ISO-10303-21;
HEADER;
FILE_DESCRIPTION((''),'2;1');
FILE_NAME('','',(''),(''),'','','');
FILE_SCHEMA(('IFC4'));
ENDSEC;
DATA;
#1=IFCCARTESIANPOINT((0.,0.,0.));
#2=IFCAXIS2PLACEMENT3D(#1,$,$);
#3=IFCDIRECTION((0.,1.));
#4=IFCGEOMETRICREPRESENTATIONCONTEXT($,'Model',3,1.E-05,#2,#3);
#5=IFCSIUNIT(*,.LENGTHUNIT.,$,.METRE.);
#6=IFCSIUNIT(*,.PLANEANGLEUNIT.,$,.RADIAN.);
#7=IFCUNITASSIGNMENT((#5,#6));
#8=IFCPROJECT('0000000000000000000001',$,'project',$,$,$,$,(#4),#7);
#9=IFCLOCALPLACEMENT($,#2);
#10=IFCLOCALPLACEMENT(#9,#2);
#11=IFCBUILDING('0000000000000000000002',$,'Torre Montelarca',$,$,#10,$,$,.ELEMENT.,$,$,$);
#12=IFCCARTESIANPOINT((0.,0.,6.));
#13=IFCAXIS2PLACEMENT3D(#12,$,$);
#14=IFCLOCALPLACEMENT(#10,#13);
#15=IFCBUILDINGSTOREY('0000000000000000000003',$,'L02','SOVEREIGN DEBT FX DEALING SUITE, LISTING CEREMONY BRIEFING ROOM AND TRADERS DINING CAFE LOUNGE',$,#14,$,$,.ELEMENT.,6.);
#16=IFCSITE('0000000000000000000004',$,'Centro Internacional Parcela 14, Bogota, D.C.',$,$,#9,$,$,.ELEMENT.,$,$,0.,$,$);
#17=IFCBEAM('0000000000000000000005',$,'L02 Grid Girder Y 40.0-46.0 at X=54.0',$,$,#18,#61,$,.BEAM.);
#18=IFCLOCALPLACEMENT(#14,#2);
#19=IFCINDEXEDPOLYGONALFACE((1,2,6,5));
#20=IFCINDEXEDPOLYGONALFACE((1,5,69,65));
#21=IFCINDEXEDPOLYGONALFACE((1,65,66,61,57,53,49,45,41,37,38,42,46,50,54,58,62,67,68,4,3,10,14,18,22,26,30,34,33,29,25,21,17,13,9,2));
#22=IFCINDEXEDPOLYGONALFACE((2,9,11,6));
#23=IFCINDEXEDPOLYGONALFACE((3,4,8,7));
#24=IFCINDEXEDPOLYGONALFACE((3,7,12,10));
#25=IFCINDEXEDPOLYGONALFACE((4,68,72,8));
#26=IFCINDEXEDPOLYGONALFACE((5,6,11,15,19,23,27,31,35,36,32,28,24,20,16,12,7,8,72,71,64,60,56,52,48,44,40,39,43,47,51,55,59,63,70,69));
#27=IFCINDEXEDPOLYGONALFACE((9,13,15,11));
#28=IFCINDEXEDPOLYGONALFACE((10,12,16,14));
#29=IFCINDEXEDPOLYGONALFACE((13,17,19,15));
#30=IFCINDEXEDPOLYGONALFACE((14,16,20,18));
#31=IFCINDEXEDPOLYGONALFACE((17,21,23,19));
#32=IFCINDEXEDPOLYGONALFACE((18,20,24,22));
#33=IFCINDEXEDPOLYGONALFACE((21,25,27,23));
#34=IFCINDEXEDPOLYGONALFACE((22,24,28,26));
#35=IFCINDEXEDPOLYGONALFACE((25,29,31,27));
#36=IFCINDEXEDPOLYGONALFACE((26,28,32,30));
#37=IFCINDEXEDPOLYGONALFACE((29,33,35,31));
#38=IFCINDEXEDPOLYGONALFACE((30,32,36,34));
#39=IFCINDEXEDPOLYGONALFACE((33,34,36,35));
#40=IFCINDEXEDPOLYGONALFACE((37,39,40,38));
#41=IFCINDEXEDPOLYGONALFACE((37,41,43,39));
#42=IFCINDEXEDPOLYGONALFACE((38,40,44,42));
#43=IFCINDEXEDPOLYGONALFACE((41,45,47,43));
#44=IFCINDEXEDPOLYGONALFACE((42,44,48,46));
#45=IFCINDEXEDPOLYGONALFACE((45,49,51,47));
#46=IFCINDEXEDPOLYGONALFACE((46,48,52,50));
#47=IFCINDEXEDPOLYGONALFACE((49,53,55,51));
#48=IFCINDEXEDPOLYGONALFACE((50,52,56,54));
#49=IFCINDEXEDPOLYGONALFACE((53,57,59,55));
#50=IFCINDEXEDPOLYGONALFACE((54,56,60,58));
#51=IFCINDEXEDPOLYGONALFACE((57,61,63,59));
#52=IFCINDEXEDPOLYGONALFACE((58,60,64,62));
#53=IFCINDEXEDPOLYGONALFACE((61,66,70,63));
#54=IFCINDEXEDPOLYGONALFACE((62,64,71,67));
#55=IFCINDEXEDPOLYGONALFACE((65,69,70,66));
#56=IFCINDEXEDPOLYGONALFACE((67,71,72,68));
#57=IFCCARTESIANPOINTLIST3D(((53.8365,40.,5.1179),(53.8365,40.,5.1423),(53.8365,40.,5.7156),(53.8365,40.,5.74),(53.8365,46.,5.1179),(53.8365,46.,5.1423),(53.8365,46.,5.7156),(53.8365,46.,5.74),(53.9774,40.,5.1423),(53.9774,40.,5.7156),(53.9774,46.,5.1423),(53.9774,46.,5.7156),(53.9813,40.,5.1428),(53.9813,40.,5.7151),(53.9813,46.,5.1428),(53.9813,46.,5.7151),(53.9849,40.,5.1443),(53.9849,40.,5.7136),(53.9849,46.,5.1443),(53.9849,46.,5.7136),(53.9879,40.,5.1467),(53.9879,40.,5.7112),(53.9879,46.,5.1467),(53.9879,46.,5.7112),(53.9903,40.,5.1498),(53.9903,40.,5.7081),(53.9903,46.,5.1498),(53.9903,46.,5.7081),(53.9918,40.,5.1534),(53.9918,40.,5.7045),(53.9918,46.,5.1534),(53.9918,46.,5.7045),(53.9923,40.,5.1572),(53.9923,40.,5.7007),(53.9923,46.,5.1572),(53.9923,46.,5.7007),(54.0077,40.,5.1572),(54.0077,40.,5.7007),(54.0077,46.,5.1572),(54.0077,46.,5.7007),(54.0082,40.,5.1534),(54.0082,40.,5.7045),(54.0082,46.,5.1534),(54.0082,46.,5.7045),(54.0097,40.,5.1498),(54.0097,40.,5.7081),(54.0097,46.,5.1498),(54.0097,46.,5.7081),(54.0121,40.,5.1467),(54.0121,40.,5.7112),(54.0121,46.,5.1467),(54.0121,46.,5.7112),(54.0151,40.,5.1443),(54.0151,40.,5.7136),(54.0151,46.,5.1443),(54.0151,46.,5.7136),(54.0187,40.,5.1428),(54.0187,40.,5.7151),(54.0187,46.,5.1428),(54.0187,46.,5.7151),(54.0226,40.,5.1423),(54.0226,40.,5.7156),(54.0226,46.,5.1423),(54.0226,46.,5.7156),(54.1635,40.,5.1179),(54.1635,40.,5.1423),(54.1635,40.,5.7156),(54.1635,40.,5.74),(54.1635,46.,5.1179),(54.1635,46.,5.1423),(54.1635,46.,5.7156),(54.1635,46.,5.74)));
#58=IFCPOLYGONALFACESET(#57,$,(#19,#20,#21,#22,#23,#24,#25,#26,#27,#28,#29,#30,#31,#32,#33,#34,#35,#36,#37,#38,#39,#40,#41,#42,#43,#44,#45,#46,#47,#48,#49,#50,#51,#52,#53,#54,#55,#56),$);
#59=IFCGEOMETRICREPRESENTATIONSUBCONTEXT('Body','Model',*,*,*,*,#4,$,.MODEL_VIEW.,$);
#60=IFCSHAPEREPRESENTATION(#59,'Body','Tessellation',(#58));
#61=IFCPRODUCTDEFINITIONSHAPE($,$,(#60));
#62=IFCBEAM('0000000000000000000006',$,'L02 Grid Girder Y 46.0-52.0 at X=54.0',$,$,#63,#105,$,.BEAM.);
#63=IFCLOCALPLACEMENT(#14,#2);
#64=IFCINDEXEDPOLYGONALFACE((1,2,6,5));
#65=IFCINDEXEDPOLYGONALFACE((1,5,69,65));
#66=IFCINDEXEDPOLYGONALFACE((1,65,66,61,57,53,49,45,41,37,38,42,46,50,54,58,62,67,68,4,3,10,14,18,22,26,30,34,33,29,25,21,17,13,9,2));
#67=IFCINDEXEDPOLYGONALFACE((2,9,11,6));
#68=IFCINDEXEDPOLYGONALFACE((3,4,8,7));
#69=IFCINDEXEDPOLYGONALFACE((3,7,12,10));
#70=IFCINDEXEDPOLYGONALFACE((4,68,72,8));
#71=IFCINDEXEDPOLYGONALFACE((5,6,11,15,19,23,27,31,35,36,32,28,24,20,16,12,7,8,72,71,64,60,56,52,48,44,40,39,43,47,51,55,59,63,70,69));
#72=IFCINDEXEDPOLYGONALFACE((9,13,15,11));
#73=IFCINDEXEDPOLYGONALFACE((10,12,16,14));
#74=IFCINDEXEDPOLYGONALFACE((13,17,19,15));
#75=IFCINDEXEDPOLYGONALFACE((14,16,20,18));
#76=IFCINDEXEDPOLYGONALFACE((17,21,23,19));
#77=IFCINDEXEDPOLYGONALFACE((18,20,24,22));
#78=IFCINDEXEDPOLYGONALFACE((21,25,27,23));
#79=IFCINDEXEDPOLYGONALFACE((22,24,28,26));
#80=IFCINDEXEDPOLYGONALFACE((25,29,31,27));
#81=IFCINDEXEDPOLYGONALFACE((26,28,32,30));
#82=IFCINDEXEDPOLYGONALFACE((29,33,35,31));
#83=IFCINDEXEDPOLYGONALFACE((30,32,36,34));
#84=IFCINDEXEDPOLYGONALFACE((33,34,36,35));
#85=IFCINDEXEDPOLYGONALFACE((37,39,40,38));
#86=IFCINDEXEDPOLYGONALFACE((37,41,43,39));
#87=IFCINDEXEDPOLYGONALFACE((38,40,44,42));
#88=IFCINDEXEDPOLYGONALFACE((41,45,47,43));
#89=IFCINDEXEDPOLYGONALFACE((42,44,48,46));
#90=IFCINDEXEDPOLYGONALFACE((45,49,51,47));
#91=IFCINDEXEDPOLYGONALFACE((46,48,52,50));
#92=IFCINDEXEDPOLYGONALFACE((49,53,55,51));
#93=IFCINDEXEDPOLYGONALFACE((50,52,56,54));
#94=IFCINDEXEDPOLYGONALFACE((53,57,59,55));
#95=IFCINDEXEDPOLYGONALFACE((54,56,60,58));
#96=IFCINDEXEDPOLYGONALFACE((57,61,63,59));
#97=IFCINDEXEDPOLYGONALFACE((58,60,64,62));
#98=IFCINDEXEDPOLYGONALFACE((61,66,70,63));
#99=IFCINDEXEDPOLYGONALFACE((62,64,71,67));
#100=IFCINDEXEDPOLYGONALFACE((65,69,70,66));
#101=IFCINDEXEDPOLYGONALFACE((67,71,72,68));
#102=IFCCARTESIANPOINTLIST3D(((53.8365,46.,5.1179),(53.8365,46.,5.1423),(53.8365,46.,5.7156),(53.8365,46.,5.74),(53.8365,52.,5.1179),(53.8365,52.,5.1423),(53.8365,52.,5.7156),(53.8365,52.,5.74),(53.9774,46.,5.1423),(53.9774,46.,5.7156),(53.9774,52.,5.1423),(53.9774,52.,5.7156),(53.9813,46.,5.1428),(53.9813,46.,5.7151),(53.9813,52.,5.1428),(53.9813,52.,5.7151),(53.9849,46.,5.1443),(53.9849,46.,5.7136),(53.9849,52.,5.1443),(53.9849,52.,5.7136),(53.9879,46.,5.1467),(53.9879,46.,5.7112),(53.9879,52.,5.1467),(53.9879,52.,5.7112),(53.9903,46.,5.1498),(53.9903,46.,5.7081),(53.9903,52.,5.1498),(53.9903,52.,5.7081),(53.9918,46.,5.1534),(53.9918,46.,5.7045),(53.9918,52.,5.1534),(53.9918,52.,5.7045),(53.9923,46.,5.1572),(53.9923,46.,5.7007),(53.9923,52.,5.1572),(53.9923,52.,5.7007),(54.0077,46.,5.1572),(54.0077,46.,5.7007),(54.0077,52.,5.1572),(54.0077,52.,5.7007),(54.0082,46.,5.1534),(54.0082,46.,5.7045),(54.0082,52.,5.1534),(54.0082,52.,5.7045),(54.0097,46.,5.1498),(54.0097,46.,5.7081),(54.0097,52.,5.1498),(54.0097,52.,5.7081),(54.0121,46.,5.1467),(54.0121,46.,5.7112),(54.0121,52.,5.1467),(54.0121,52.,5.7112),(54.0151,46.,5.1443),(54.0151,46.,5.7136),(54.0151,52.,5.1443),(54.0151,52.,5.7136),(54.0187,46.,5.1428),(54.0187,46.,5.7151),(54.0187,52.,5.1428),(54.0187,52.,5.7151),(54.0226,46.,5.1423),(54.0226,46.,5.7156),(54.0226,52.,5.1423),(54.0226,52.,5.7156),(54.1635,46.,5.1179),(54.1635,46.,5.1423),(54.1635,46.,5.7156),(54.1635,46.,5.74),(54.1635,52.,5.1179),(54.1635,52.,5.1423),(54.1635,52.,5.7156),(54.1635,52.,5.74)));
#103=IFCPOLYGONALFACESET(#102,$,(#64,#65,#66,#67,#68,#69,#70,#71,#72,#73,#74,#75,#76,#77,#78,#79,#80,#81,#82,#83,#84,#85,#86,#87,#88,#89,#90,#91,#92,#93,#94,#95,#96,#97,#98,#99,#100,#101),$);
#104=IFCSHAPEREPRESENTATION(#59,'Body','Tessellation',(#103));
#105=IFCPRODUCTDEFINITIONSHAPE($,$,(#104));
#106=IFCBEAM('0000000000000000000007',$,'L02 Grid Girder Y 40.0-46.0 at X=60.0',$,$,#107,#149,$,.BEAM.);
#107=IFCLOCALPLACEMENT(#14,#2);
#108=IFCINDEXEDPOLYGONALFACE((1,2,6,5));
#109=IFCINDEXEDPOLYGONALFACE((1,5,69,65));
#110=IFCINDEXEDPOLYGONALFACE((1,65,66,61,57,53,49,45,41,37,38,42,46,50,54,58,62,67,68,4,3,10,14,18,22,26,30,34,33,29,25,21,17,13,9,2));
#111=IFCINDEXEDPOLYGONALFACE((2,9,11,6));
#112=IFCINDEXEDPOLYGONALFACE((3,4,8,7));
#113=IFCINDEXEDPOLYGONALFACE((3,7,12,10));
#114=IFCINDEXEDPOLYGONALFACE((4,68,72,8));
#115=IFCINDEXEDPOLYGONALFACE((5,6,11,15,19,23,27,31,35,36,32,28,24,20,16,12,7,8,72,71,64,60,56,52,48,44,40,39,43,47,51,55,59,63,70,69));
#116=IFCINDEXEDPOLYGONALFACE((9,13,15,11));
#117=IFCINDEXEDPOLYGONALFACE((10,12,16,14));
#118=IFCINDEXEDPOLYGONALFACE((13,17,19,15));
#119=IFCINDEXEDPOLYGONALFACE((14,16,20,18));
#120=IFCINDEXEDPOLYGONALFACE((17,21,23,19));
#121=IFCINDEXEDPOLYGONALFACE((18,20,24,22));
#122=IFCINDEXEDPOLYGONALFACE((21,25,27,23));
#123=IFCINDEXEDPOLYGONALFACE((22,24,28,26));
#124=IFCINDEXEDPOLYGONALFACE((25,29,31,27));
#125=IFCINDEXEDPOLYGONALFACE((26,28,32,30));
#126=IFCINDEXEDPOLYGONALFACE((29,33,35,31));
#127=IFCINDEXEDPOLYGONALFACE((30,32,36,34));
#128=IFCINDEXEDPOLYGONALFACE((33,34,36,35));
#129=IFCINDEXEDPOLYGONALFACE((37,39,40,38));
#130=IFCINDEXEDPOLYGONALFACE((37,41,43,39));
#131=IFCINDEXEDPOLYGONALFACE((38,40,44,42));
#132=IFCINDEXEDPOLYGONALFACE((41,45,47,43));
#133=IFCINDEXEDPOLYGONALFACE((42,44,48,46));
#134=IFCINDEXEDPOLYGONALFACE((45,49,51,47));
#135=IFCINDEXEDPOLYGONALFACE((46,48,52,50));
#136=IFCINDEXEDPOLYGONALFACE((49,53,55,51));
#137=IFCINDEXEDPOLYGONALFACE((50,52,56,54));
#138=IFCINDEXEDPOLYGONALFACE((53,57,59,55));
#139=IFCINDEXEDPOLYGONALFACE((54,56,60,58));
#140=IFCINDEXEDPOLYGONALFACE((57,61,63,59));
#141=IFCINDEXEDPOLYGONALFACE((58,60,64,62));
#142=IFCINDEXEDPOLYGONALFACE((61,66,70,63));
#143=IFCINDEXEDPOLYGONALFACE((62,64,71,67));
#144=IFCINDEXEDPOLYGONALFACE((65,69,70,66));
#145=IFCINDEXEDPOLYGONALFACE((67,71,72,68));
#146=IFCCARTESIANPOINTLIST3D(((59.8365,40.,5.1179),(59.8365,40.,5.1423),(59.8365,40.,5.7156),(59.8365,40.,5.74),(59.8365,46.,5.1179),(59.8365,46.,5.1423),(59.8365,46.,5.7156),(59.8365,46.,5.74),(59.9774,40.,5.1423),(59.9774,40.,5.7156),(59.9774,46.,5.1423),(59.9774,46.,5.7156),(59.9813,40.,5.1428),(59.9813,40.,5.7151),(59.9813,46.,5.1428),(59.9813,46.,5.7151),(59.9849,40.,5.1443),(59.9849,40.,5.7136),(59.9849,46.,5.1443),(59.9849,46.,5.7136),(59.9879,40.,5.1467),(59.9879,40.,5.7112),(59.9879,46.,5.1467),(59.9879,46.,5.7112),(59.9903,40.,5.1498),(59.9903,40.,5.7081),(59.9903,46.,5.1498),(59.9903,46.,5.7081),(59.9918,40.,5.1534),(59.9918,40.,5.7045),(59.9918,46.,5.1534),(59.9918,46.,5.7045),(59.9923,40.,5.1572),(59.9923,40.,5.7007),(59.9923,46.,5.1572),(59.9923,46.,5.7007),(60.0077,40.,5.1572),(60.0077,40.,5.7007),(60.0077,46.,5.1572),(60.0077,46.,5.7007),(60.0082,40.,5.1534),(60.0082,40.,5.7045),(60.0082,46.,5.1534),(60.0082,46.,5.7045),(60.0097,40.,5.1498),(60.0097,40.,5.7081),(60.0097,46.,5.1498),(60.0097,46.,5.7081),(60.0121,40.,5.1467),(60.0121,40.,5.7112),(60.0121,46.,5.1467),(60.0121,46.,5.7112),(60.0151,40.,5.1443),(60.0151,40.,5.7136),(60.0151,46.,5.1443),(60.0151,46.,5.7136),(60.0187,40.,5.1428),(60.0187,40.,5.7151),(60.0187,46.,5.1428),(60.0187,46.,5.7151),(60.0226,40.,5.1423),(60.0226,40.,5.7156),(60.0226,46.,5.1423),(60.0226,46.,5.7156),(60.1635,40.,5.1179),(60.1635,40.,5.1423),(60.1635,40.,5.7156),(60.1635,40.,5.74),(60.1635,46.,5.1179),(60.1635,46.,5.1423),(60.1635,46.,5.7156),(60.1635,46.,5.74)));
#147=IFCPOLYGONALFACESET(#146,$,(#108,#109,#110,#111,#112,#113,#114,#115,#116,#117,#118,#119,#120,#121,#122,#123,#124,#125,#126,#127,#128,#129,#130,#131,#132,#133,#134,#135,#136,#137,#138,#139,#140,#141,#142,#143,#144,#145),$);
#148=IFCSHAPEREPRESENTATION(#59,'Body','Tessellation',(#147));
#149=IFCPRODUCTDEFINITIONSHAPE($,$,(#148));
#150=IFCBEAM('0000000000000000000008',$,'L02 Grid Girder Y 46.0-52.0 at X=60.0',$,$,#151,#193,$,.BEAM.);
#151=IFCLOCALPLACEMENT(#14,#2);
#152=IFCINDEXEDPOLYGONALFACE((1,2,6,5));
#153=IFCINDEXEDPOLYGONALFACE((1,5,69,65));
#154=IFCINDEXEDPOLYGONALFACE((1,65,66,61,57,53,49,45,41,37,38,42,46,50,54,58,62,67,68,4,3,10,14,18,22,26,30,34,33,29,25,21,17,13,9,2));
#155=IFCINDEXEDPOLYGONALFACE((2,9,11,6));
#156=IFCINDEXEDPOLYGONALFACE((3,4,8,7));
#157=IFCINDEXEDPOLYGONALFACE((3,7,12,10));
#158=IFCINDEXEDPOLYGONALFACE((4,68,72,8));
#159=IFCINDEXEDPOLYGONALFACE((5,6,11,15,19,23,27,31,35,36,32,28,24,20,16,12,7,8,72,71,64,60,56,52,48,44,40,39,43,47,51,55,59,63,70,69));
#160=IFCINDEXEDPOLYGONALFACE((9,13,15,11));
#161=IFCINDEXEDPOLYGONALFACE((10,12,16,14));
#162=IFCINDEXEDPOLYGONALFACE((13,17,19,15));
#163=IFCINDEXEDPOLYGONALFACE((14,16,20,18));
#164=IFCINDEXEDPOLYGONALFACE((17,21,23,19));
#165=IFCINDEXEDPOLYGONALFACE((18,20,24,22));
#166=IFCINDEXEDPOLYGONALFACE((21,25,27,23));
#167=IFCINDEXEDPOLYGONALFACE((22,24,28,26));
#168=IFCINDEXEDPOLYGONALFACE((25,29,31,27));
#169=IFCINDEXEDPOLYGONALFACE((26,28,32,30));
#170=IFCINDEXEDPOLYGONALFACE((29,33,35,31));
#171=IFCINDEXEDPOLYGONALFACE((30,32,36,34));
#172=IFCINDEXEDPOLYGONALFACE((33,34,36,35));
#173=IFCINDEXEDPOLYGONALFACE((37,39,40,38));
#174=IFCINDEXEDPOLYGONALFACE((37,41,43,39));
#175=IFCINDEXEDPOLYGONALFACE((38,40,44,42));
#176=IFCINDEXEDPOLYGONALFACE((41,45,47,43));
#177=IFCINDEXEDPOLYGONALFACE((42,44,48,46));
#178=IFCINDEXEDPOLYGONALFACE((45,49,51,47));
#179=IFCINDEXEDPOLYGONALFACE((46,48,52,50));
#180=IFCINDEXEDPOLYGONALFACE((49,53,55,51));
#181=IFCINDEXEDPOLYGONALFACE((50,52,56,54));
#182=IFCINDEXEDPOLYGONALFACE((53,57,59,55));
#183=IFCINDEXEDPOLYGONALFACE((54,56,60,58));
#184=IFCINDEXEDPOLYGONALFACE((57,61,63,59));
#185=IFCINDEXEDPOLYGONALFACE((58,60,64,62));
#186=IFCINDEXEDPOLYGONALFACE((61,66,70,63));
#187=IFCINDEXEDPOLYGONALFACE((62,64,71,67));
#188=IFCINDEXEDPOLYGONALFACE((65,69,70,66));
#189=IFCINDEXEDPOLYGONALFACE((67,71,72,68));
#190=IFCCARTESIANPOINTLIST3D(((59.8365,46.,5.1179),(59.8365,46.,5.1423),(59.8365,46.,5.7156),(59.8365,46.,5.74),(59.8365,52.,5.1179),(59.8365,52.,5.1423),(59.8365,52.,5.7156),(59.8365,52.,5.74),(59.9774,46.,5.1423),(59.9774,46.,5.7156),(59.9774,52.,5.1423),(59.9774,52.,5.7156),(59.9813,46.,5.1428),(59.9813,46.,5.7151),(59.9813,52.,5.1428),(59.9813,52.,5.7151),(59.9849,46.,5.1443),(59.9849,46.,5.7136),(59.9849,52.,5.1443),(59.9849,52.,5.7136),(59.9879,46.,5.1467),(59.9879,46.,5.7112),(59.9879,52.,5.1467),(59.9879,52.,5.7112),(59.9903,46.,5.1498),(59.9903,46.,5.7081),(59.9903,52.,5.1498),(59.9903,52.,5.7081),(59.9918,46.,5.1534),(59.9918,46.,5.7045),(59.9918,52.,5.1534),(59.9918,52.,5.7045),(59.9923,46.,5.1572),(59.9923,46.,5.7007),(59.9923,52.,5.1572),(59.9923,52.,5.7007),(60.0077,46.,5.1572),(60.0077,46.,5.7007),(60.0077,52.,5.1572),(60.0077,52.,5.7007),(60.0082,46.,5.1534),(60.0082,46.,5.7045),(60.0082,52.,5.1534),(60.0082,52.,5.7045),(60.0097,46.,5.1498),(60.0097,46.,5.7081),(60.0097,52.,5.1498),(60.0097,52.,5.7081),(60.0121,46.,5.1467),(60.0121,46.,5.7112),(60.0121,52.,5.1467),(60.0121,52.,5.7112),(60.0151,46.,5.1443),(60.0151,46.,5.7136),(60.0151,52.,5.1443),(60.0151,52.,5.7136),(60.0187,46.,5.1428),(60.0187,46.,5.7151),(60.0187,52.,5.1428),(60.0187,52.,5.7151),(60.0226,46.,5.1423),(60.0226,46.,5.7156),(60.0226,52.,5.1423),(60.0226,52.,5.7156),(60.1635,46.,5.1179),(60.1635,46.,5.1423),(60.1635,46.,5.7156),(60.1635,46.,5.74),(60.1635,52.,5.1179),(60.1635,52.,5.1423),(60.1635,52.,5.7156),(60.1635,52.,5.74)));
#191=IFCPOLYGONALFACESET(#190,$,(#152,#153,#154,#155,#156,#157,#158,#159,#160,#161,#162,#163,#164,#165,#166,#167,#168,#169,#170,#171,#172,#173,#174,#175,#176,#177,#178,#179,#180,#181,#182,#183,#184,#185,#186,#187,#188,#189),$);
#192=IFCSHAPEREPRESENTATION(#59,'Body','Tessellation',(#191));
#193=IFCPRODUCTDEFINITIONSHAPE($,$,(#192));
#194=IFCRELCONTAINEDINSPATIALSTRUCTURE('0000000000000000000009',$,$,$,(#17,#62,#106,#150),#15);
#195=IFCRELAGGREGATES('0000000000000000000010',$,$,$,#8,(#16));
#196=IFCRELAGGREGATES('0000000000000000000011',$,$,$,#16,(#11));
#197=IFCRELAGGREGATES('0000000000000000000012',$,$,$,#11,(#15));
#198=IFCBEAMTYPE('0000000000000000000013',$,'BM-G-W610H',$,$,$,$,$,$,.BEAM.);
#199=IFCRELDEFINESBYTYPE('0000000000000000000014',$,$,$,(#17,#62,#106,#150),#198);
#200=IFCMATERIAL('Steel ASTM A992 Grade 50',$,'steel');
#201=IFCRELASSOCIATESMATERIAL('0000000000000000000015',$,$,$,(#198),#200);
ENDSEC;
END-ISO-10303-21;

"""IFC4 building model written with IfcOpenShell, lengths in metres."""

from ifc_helpers import new_model, si_unit, direction, frame, origin, origin_2d, place, context, subcontext, project, spatial, i_section, extrude, source, transform, mapped, material, material_profile, profile_set, type_object, element, save


model = new_model("IFC4")

# Units and contexts
model_context = context("Model", 3, precision=1e-05, world=origin(), true_north=direction((0.0, 1.0)))
body_context = subcontext(model_context, "Body", "Model", "MODEL_VIEW")
ifc_project = project(units=[si_unit("LENGTHUNIT", "METRE"), si_unit("PLANEANGLEUNIT", "RADIAN")], contexts=[model_context])

# Site, building, storey
site_placement = place(None, origin())
site = spatial("IfcSite", under=ifc_project, at=site_placement, Name="Centro Internacional Parcela 14, Bogota, D.C.", CompositionType="ELEMENT", RefElevation=0.0)
building_placement = place(site_placement, origin())
building = spatial("IfcBuilding", under=site, at=building_placement, Name="Torre Montelarca", CompositionType="ELEMENT")
storey_placement = place(building_placement, frame((0.0, 0.0, 6.0)))
storey = spatial("IfcBuildingStorey", under=building, at=storey_placement, Name="L02", Description="SOVEREIGN DEBT FX DEALING SUITE, LISTING CEREMONY BRIEFING ROOM AND TRADERS DINING CAFE LOUNGE", CompositionType="ELEMENT", Elevation=6.0)

# Shared definitions
ifc_material_1 = material(Name="Steel ASTM A992 Grade 50", Category="steel")

# Beams
ifc_material_profile_1 = material_profile(ifc_material_1, i_section(OverallWidth=0.3269, OverallDepth=0.6221, WebThickness=0.0154, FlangeThickness=0.0244, FilletRadius=0.0149, at=origin_2d()), Name="W610X195", Category="steel")
ifc_profile_set_1 = profile_set([ifc_material_profile_1], Name="Steel ASTM A992 Grade 50")
beam_type_1 = type_object("IfcBeamType", Name="BM-G-W610H", PredefinedType="BEAM", material=ifc_profile_set_1)
shared_shape_1 = source(origin(), body_context, "Body", "SweptSolid", [
    extrude(i_section(OverallWidth=0.3269, OverallDepth=0.6221, WebThickness=0.0154, FlangeThickness=0.0244, FilletRadius=0.0149, at=origin_2d()), origin(), (0.0, 0.0, 1.0), 6.0),
])
for number, where, z_axis, x_axis, name in (
    (1, (54.0, 40.0, 5.429), (0.0, 1.0, 0.0), (-1.0, 0.0, 0.0), "L02 Grid Girder Y 40.0-46.0 at X=54.0"),
    (2, (54.0, 46.0, 5.429), (0.0, 1.0, 0.0), (-1.0, 0.0, 0.0), "L02 Grid Girder Y 46.0-52.0 at X=54.0"),
    (3, (60.0, 40.0, 5.429), (0.0, 1.0, 0.0), (-1.0, 0.0, 0.0), "L02 Grid Girder Y 40.0-46.0 at X=60.0"),
    (4, (60.0, 46.0, 5.429), (0.0, 1.0, 0.0), (-1.0, 0.0, 0.0), "L02 Grid Girder Y 46.0-52.0 at X=60.0"),
):
    element("IfcBeam", number, at=place(storey_placement, frame(where, z_axis=z_axis, x_axis=x_axis)), inside=storey, type_object=beam_type_1, Name=name, PredefinedType="BEAM", context=body_context, shape_type="MappedRepresentation", body=[
        mapped(shared_shape_1, transform((0.0, 0.0, 0.0), scale=1.0)),
    ])

save(model, "model.ifc")
